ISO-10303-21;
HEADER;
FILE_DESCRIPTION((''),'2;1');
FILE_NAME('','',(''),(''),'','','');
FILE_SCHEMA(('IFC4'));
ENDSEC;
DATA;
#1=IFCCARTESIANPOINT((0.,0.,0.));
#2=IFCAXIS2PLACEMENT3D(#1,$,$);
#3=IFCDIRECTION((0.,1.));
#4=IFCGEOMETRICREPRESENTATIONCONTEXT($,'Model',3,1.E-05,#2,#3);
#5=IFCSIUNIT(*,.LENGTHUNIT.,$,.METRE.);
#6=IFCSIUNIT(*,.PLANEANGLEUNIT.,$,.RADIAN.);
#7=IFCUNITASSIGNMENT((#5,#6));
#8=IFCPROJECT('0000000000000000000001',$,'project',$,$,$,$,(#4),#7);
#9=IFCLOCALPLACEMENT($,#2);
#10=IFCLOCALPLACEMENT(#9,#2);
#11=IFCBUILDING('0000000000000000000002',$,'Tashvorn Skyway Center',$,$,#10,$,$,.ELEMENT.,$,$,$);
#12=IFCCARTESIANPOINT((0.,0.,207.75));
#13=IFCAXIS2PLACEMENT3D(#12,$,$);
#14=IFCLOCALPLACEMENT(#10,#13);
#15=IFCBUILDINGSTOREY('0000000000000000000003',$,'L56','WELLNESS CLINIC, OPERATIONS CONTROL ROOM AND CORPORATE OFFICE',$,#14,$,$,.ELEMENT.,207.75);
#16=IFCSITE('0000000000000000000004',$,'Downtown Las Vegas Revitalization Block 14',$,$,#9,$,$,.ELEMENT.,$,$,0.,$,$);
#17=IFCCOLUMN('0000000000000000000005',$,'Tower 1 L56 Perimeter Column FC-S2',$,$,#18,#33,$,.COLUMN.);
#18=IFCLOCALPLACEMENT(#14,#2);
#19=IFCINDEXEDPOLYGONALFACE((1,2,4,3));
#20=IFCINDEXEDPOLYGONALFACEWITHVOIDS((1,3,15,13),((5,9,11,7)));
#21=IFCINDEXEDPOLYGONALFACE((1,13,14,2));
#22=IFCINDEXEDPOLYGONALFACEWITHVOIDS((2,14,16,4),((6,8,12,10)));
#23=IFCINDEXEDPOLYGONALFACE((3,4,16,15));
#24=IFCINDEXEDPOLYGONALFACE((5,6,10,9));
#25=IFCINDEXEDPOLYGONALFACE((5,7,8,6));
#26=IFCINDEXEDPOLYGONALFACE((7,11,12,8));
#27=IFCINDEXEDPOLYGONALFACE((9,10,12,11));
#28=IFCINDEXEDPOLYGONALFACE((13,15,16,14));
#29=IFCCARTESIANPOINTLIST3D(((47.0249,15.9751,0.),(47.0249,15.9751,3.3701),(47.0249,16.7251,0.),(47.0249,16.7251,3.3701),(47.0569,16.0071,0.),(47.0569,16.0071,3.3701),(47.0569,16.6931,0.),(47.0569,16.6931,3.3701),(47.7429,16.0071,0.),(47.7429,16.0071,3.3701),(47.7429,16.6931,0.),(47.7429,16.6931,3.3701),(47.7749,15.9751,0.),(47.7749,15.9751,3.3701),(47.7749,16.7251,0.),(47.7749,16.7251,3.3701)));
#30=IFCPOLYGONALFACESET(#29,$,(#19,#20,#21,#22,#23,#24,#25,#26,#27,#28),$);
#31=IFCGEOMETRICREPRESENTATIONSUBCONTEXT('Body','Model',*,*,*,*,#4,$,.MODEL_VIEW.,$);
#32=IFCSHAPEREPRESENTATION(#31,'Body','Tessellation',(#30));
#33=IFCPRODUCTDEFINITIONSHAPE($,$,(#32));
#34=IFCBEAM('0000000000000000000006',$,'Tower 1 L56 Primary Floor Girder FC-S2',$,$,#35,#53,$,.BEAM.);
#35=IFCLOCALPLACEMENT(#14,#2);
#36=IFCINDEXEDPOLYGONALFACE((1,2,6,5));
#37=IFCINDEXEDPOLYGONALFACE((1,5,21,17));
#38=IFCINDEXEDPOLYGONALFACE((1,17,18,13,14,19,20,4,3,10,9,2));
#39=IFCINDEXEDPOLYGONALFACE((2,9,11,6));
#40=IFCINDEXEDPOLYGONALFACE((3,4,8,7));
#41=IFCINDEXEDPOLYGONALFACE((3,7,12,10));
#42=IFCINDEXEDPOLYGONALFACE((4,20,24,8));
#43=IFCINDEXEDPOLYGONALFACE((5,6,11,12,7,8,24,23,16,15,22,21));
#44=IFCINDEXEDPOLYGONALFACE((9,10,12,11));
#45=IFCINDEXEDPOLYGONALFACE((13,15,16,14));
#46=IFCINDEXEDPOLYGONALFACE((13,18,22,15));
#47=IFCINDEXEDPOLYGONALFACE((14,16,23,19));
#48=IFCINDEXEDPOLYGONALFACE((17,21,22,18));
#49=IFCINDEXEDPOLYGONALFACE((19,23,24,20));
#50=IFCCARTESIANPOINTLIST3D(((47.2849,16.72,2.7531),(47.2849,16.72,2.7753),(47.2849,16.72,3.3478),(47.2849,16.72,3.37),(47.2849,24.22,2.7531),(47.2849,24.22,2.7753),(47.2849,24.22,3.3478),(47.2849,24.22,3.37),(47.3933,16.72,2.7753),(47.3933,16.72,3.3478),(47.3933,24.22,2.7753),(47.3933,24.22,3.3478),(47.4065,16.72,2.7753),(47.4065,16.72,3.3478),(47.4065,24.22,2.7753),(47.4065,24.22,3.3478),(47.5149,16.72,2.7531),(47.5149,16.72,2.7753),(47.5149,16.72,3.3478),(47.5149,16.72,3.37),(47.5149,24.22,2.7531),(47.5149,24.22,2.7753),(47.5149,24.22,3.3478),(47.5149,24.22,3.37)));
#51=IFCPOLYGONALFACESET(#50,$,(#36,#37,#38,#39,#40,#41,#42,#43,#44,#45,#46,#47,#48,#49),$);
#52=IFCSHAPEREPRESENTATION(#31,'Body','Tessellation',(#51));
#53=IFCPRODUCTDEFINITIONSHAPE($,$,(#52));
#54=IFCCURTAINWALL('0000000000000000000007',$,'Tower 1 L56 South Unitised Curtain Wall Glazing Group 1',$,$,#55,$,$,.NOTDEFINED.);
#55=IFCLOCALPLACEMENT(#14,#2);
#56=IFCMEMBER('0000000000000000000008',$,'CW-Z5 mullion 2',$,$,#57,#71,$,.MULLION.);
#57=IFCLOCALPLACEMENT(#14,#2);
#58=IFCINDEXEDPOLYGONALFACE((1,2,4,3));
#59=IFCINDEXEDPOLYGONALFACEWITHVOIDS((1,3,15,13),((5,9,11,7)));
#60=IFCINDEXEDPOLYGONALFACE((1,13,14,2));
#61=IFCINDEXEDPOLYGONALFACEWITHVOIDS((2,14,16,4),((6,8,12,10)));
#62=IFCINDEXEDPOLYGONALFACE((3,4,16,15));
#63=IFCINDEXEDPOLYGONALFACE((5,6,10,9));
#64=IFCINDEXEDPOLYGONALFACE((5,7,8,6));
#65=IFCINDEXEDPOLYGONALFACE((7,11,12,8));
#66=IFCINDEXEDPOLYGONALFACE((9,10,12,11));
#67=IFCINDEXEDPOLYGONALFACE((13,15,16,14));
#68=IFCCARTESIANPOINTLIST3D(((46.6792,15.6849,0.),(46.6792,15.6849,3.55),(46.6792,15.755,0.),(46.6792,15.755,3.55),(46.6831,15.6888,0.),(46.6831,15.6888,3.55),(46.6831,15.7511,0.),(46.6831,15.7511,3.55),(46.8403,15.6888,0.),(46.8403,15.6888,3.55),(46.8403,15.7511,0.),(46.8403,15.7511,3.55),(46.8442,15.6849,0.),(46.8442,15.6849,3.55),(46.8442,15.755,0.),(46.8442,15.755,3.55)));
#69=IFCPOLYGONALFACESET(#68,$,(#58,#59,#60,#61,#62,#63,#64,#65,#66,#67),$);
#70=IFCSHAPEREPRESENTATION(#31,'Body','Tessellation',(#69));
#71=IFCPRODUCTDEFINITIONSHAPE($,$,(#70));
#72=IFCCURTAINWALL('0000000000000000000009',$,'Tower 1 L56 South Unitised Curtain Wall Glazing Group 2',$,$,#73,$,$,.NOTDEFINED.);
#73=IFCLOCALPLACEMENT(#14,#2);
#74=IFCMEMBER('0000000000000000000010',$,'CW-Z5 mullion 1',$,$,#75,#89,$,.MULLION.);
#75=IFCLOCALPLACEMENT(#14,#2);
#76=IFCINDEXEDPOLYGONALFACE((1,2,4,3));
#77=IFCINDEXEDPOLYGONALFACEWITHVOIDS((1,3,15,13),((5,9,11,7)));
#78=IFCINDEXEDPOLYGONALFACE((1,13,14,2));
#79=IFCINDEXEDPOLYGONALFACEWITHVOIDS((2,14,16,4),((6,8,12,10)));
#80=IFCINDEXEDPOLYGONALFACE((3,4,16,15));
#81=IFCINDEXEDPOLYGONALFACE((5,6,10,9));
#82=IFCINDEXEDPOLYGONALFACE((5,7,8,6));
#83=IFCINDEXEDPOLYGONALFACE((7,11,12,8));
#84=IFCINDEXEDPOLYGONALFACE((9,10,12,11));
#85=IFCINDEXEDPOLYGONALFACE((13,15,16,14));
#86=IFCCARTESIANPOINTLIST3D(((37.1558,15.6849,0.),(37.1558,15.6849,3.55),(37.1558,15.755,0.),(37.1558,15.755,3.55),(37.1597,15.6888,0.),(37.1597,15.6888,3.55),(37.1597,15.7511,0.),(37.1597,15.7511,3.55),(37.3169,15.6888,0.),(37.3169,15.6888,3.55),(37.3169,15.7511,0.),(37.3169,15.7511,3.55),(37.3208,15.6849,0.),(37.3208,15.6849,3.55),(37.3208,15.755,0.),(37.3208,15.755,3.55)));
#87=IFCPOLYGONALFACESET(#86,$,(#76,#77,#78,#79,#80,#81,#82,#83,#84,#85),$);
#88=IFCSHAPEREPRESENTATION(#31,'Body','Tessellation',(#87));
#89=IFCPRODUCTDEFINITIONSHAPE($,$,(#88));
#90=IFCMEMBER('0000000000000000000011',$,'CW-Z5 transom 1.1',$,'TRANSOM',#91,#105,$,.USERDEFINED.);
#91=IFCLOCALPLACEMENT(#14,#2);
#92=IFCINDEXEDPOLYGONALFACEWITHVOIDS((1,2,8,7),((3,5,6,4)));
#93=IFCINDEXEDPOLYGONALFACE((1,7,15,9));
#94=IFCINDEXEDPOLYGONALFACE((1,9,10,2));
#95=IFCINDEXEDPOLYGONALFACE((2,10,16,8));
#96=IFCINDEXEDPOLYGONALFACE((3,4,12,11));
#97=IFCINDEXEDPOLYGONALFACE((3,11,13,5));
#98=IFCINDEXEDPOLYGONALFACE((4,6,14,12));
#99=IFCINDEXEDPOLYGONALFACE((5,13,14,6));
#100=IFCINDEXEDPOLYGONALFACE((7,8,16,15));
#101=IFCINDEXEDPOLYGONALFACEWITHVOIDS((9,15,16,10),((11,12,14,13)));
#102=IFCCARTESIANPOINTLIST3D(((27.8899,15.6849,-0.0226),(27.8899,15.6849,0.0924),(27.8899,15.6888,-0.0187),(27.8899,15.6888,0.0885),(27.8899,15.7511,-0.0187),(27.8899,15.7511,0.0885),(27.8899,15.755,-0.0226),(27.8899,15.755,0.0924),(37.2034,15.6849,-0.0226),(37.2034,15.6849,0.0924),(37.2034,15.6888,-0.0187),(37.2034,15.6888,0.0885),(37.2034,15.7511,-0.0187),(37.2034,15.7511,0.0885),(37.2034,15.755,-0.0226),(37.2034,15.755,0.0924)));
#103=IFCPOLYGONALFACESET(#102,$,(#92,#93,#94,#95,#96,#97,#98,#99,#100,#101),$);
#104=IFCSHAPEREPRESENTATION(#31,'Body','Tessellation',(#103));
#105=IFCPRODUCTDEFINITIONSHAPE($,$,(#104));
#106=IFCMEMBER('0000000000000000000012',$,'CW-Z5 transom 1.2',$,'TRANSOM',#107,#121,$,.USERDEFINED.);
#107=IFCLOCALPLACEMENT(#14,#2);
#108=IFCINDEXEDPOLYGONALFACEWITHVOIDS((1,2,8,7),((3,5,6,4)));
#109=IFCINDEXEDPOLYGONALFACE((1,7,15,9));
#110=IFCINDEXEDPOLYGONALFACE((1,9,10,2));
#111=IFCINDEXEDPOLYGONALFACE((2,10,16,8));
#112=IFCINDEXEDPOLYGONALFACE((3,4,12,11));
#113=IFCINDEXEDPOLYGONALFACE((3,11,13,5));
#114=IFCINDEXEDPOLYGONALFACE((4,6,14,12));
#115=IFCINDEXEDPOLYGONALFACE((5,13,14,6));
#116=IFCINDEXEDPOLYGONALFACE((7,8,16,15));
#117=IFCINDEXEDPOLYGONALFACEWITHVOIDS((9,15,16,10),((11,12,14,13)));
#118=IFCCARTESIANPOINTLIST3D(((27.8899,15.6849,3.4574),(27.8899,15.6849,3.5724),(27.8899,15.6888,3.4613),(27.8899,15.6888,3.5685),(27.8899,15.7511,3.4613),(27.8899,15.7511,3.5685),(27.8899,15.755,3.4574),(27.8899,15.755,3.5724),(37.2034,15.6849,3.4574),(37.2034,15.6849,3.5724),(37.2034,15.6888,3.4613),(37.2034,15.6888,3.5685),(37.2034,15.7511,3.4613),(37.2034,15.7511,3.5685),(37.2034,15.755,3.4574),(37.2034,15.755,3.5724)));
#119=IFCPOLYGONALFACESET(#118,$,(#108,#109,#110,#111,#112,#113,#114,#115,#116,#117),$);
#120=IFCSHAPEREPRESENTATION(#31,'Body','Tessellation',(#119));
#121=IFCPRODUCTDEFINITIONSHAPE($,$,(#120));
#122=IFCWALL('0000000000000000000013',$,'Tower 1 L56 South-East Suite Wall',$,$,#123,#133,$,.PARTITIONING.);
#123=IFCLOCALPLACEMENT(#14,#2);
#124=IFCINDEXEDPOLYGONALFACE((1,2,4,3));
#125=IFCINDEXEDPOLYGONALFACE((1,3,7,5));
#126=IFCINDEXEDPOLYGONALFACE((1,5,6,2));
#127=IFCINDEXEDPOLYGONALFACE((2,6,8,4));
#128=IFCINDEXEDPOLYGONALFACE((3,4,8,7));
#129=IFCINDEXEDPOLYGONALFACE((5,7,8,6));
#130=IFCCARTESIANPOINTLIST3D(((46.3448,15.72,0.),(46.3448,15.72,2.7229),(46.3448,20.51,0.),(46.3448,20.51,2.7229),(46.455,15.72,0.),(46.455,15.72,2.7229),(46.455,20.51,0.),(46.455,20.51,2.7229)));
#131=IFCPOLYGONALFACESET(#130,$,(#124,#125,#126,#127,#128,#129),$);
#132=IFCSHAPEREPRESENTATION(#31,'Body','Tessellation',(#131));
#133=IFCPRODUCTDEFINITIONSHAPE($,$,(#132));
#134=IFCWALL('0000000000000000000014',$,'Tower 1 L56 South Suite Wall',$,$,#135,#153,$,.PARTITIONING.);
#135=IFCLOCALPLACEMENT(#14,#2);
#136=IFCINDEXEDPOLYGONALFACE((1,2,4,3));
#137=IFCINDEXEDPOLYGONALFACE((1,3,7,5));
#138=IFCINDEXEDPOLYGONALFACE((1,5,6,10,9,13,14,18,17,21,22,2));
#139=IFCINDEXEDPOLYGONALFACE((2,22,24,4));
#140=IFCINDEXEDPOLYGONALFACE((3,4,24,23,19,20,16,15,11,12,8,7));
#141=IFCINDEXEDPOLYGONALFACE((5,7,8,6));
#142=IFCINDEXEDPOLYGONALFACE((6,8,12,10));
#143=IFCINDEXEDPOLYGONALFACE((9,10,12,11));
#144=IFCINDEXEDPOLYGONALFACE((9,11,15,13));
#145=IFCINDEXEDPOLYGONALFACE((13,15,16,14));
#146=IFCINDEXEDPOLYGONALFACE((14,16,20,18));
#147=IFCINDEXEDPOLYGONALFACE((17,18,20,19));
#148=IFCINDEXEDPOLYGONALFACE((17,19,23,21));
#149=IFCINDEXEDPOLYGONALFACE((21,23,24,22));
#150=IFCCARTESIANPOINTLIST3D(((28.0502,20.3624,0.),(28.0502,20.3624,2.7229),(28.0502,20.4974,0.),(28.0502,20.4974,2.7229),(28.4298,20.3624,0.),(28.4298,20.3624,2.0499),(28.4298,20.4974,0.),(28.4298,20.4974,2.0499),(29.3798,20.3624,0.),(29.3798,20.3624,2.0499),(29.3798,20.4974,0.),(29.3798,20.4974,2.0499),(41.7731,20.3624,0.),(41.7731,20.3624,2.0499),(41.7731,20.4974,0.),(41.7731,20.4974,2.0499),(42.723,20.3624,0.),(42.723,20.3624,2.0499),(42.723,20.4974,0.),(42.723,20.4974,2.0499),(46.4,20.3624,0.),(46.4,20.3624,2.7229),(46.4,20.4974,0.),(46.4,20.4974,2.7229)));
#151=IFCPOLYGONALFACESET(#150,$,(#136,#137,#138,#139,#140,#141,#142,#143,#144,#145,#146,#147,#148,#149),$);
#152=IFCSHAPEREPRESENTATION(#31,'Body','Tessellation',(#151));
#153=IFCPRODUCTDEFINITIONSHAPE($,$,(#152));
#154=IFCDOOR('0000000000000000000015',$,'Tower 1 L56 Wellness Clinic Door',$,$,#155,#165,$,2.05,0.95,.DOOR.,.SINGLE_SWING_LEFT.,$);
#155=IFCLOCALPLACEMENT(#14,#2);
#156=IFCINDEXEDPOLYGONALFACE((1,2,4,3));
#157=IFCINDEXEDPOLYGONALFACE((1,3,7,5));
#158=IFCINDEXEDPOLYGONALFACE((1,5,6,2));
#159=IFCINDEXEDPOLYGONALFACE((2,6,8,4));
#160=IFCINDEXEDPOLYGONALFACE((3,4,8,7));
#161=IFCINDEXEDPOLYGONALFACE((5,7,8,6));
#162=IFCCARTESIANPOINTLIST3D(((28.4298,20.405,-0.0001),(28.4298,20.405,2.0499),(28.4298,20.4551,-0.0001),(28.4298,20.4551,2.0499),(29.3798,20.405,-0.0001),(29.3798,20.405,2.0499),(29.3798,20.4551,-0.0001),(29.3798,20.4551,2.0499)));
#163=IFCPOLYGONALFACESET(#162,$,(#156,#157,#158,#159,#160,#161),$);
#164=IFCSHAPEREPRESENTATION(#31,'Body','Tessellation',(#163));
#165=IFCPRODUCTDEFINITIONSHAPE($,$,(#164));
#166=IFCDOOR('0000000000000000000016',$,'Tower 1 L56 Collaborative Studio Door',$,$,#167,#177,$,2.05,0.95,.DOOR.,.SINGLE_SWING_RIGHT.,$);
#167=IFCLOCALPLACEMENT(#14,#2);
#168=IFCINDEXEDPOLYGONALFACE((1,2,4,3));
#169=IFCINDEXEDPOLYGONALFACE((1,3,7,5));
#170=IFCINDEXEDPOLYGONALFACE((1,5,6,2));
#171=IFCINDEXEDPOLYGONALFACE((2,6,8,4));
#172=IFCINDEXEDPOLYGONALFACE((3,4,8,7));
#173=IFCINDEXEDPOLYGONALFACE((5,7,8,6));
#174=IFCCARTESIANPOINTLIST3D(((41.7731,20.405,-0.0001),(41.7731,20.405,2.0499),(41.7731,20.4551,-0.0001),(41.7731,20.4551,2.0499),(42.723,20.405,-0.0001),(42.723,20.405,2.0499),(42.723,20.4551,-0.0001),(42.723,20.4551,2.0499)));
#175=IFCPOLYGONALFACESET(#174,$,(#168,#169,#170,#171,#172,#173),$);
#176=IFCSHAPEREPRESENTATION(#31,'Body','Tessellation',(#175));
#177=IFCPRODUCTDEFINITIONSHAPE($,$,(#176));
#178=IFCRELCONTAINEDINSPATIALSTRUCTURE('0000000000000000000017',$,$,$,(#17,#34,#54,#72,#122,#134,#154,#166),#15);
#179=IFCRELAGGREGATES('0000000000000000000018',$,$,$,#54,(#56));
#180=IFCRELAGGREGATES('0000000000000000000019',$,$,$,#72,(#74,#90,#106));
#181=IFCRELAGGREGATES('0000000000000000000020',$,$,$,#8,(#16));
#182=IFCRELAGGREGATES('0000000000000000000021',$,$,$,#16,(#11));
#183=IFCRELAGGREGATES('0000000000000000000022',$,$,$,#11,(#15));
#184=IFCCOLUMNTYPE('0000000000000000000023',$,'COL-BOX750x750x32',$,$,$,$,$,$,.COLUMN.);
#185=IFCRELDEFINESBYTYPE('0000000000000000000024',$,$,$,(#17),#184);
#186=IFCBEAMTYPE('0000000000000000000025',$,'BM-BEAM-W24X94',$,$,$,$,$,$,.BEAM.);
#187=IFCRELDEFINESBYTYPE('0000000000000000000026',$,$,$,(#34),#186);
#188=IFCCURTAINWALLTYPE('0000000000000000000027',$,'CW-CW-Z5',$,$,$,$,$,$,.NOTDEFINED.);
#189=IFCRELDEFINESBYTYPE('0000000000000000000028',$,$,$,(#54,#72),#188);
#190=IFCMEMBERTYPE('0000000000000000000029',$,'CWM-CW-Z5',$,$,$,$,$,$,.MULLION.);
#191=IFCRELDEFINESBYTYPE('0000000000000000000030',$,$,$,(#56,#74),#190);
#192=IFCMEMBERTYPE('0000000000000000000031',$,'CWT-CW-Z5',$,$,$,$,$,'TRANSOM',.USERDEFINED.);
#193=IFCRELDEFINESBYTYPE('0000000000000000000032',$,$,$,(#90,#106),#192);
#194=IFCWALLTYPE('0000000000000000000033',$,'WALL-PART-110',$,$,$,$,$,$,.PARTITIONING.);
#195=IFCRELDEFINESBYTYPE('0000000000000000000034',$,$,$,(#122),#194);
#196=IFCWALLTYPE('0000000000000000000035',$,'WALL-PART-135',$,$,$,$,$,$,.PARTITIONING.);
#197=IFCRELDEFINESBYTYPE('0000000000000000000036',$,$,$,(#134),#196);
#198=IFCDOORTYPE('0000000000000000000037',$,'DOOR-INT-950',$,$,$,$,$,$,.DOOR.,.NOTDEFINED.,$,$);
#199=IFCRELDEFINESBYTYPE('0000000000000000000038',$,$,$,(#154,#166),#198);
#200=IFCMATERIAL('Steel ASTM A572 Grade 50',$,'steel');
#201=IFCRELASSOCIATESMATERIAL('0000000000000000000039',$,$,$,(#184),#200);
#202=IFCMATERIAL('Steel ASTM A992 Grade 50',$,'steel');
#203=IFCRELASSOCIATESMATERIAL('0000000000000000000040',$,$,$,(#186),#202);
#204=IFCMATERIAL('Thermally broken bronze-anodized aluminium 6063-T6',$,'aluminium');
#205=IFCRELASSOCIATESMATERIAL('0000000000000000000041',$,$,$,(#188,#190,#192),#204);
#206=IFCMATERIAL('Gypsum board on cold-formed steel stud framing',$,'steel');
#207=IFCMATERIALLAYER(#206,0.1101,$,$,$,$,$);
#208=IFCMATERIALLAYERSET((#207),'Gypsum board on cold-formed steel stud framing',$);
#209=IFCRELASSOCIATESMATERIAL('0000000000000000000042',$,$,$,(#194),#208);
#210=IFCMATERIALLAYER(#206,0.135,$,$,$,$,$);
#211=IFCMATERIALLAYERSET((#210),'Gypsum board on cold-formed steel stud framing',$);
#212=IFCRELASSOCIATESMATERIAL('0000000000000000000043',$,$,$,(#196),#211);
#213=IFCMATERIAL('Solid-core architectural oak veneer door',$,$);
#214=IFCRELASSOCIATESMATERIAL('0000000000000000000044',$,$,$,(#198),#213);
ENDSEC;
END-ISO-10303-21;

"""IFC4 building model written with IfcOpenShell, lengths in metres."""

from ifc_helpers import new_model, si_unit, direction, frame, frame_2d, origin, origin_2d, place, context, subcontext, project, spatial, rectangle, hollow_rectangle, i_section, extrude, material, layer, layer_set, material_profile, profile_set, type_object, element, fill, aggregate, save


model = new_model("IFC4")

# Units and contexts
model_context = context("Model", 3, precision=1e-05, world=origin(), true_north=direction((0.0, 1.0)))
body_context = subcontext(model_context, "Body", "Model", "MODEL_VIEW")
ifc_project = project(units=[si_unit("LENGTHUNIT", "METRE"), si_unit("PLANEANGLEUNIT", "RADIAN")], contexts=[model_context])

# Site, building, storey
site_placement = place(None, origin())
site = spatial("IfcSite", under=ifc_project, at=site_placement, Name="Downtown Las Vegas Revitalization Block 14", CompositionType="ELEMENT", RefElevation=0.0)
building_placement = place(site_placement, origin())
building = spatial("IfcBuilding", under=site, at=building_placement, Name="Tashvorn Skyway Center", CompositionType="ELEMENT")
storey_placement = place(building_placement, frame((0.0, 0.0, 207.75)))
storey = spatial("IfcBuildingStorey", under=building, at=storey_placement, Name="L56", Description="WELLNESS CLINIC, OPERATIONS CONTROL ROOM AND CORPORATE OFFICE", CompositionType="ELEMENT", Elevation=207.75)

# Column
ifc_material_1 = material(Name="Steel ASTM A572 Grade 50", Category="steel")
ifc_material_profile_1 = material_profile(ifc_material_1, hollow_rectangle(XDim=0.75, YDim=0.75, WallThickness=0.032, at=origin_2d()), Name="BOX750x750x32")
ifc_profile_set_1 = profile_set([ifc_material_profile_1], Name="Steel ASTM A572 Grade 50")
column_type = type_object("IfcColumnType", Name="COL-BOX750x750x32", PredefinedType="COLUMN", material=ifc_profile_set_1)
column_placement = place(storey_placement, frame((47.3999, 16.3501, 0.0), z_axis=(0.0, 0.0, 1.0), x_axis=(1.0, 0.0, 0.0)))
element("IfcColumn", 1, at=column_placement, inside=storey, type_object=column_type, Name="Tower 1 L56 Perimeter Column FC-S2", PredefinedType="COLUMN", context=body_context, shape_type="SweptSolid", body=[
    extrude(hollow_rectangle(XDim=0.75, YDim=0.75, WallThickness=0.032, at=origin_2d()), origin(), (0.0, 0.0, 1.0), 3.3701),
])

# Beam
ifc_material_2 = material(Name="Steel ASTM A992 Grade 50", Category="steel")
ifc_material_profile_2 = material_profile(ifc_material_2, i_section(OverallWidth=0.23, OverallDepth=0.6169, WebThickness=0.0132, FlangeThickness=0.0222, at=origin_2d()), Name="W24X94")
ifc_profile_set_2 = profile_set([ifc_material_profile_2], Name="Steel ASTM A992 Grade 50")
beam_type = type_object("IfcBeamType", Name="BM-BEAM-W24X94", PredefinedType="BEAM", material=ifc_profile_set_2)
beam_placement = place(storey_placement, frame((47.3999, 16.72, 3.0615), z_axis=(0.0, 1.0, 0.0), x_axis=(-1.0, 0.0, 0.0)))
element("IfcBeam", 2, at=beam_placement, inside=storey, type_object=beam_type, Name="Tower 1 L56 Primary Floor Girder FC-S2", PredefinedType="BEAM", context=body_context, shape_type="SweptSolid", body=[
    extrude(i_section(OverallWidth=0.23, OverallDepth=0.6169, WebThickness=0.0132, FlangeThickness=0.0222, at=origin_2d()), origin(), (0.0, 0.0, 1.0), 7.5),
])

# Curtain wall, member
ifc_material_3 = material(Name="Thermally broken bronze-anodized aluminium 6063-T6", Category="aluminium")
curtain_wall_type = type_object("IfcCurtainWallType", Name="CW-CW-Z5", PredefinedType="NOTDEFINED", material=ifc_material_3)
curtain_wall_1_placement = place(storey_placement, origin())
curtain_wall_1 = element("IfcCurtainWall", 3, at=curtain_wall_1_placement, inside=storey, type_object=curtain_wall_type, Name="Tower 1 L56 South Unitised Curtain Wall Glazing Group 1", PredefinedType="NOTDEFINED")
ifc_material_profile_3 = material_profile(ifc_material_3, hollow_rectangle(XDim=0.0701, YDim=0.165, WallThickness=0.0039, at=origin_2d()), Name="ALU-MULL-70x165")
ifc_profile_set_3 = profile_set([ifc_material_profile_3], Name="Thermally broken bronze-anodized aluminium 6063-T6")
member_type_1 = type_object("IfcMemberType", Name="CWM-CW-Z5", PredefinedType="MULLION", material=ifc_profile_set_3)
member_1_placement = place(storey_placement, frame((46.7617, 15.72, 0.0), z_axis=(0.0, 0.0, 1.0), x_axis=(0.0, -1.0, 0.0)))
member_1 = element("IfcMember", 4, at=member_1_placement, type_object=member_type_1, Name="CW-Z5 mullion 2", PredefinedType="MULLION", context=body_context, shape_type="SweptSolid", body=[
    extrude(hollow_rectangle(XDim=0.0701, YDim=0.165, WallThickness=0.0039, at=origin_2d()), origin(), (0.0, 0.0, 1.0), 3.55),
])
aggregate(curtain_wall_1, [member_1])

# Curtain wall, members
curtain_wall_2_placement = place(storey_placement, origin())
curtain_wall_2 = element("IfcCurtainWall", 5, at=curtain_wall_2_placement, inside=storey, type_object=curtain_wall_type, Name="Tower 1 L56 South Unitised Curtain Wall Glazing Group 2", PredefinedType="NOTDEFINED")
member_2_placement = place(storey_placement, frame((37.2383, 15.72, 0.0), z_axis=(0.0, 0.0, 1.0), x_axis=(0.0, -1.0, 0.0)))
member_2 = element("IfcMember", 6, at=member_2_placement, type_object=member_type_1, Name="CW-Z5 mullion 1", PredefinedType="MULLION", context=body_context, shape_type="SweptSolid", body=[
    extrude(hollow_rectangle(XDim=0.0701, YDim=0.165, WallThickness=0.0039, at=origin_2d()), origin(), (0.0, 0.0, 1.0), 3.55),
])
ifc_material_profile_4 = material_profile(ifc_material_3, hollow_rectangle(XDim=0.0701, YDim=0.115, WallThickness=0.0039, at=origin_2d()), Name="ALU-TRAN-70x115")
ifc_profile_set_4 = profile_set([ifc_material_profile_4], Name="Thermally broken bronze-anodized aluminium 6063-T6")
member_type_2 = type_object("IfcMemberType", Name="CWT-CW-Z5", ElementType="TRANSOM", PredefinedType="USERDEFINED", material=ifc_profile_set_4)
member_3_placement = place(storey_placement, frame((37.2034, 15.72, 0.0349), z_axis=(-1.0, 0.0, 0.0), x_axis=(0.0, -1.0, 0.0)))
member_3 = element("IfcMember", 7, at=member_3_placement, type_object=member_type_2, Name="CW-Z5 transom 1.1", ObjectType="TRANSOM", PredefinedType="USERDEFINED", context=body_context, shape_type="SweptSolid", body=[
    extrude(hollow_rectangle(XDim=0.0701, YDim=0.115, WallThickness=0.0039, at=origin_2d()), origin(), (0.0, 0.0, 1.0), 9.3135),
])
member_4_placement = place(storey_placement, frame((37.2034, 15.72, 3.5149), z_axis=(-1.0, 0.0, 0.0), x_axis=(0.0, -1.0, 0.0)))
member_4 = element("IfcMember", 8, at=member_4_placement, type_object=member_type_2, Name="CW-Z5 transom 1.2", ObjectType="TRANSOM", PredefinedType="USERDEFINED", context=body_context, shape_type="SweptSolid", body=[
    extrude(hollow_rectangle(XDim=0.0701, YDim=0.115, WallThickness=0.0039, at=origin_2d()), origin(), (0.0, 0.0, 1.0), 9.3135),
])
aggregate(curtain_wall_2, [member_2, member_3, member_4])

# Wall
ifc_material_4 = material(Name="Gypsum board on cold-formed steel stud framing", Category="steel")
ifc_layer_1 = layer(ifc_material_4, 0.1101)
ifc_layer_set_1 = layer_set([ifc_layer_1], Name="Gypsum board on cold-formed steel stud framing")
wall_type_1 = type_object("IfcWallType", Name="WALL-PART-110", PredefinedType="PARTITIONING", material=ifc_layer_set_1)
wall_1_placement = place(storey_placement, frame((46.3999, 15.72, 0.0), z_axis=(0.0, 0.0, 1.0), x_axis=(0.0, 1.0, 0.0)))
element("IfcWall", 9, at=wall_1_placement, inside=storey, type_object=wall_type_1, Name="Tower 1 L56 South-East Suite Wall", PredefinedType="PARTITIONING", context=body_context, shape_type="SweptSolid", body=[
    extrude(rectangle(XDim=4.79, YDim=0.1101, at=frame_2d((2.395, 0.0))), origin(), (0.0, 0.0, 1.0), 2.7229),
])

# Wall, openings, doors
ifc_layer_2 = layer(ifc_material_4, 0.135)
ifc_layer_set_2 = layer_set([ifc_layer_2], Name="Gypsum board on cold-formed steel stud framing")
wall_type_2 = type_object("IfcWallType", Name="WALL-PART-135", PredefinedType="PARTITIONING", material=ifc_layer_set_2)
wall_2_placement = place(storey_placement, frame((46.3999, 20.4299, 0.0), z_axis=(0.0, 0.0, 1.0), x_axis=(-1.0, 0.0, 0.0)))
wall_2 = element("IfcWall", 10, at=wall_2_placement, inside=storey, type_object=wall_type_2, Name="Tower 1 L56 South Suite Wall", PredefinedType="PARTITIONING", context=body_context, shape_type="SweptSolid", body=[
    extrude(rectangle(XDim=18.3499, YDim=0.135, at=frame_2d((9.1748, 0.0))), origin(), (0.0, 0.0, 1.0), 2.7229),
])
opening_1_placement = place(wall_2_placement, frame((17.02, 0.0, 0.0)))
opening_1 = element("IfcOpeningElement", 11, at=opening_1_placement, cuts=wall_2, PredefinedType="OPENING", context=body_context, shape_type="SweptSolid", body=[
    extrude(rectangle(XDim=0.95, YDim=2.05, at=frame_2d((0.4751, 1.0249))), frame((0.0, 0.0774, 0.0), z_axis=(0.0, -1.0, 0.0), x_axis=(1.0, 0.0, 0.0)), (0.0, 0.0, 1.0), 0.155),
])
opening_2_placement = place(wall_2_placement, frame((3.6768, 0.0, 0.0)))
opening_2 = element("IfcOpeningElement", 12, at=opening_2_placement, cuts=wall_2, PredefinedType="OPENING", context=body_context, shape_type="SweptSolid", body=[
    extrude(rectangle(XDim=0.95, YDim=2.05, at=frame_2d((0.4751, 1.0249))), frame((0.0, 0.0774, 0.0), z_axis=(0.0, -1.0, 0.0), x_axis=(1.0, 0.0, 0.0)), (0.0, 0.0, 1.0), 0.155),
])
ifc_material_5 = material(Name="Solid-core architectural oak veneer door")
door_type = type_object("IfcDoorType", Name="DOOR-INT-950", OperationType="NOTDEFINED", PredefinedType="DOOR", material=ifc_material_5)
door_1_placement = place(opening_1_placement, origin())
door_1 = element("IfcDoor", 13, at=door_1_placement, inside=storey, type_object=door_type, Name="Tower 1 L56 Wellness Clinic Door", OperationType="SINGLE_SWING_LEFT", OverallHeight=2.05, OverallWidth=0.95, PredefinedType="DOOR", context=body_context, shape_type="SweptSolid", body=[
    extrude(rectangle(XDim=0.95, YDim=2.05, at=frame_2d((0.4751, 1.0249))), frame((0.0, 0.0249, 0.0), z_axis=(0.0, -1.0, 0.0), x_axis=(1.0, 0.0, 0.0)), (0.0, 0.0, 1.0), 0.05),
])
fill(opening_1, door_1)
door_2_placement = place(opening_2_placement, origin())
door_2 = element("IfcDoor", 14, at=door_2_placement, inside=storey, type_object=door_type, Name="Tower 1 L56 Collaborative Studio Door", OperationType="SINGLE_SWING_RIGHT", OverallHeight=2.05, OverallWidth=0.95, PredefinedType="DOOR", context=body_context, shape_type="SweptSolid", body=[
    extrude(rectangle(XDim=0.95, YDim=2.05, at=frame_2d((0.4751, 1.0249))), frame((0.0, 0.0249, 0.0), z_axis=(0.0, -1.0, 0.0), x_axis=(1.0, 0.0, 0.0)), (0.0, 0.0, 1.0), 0.05),
])
fill(opening_2, door_2)

save(model, "model.ifc")
